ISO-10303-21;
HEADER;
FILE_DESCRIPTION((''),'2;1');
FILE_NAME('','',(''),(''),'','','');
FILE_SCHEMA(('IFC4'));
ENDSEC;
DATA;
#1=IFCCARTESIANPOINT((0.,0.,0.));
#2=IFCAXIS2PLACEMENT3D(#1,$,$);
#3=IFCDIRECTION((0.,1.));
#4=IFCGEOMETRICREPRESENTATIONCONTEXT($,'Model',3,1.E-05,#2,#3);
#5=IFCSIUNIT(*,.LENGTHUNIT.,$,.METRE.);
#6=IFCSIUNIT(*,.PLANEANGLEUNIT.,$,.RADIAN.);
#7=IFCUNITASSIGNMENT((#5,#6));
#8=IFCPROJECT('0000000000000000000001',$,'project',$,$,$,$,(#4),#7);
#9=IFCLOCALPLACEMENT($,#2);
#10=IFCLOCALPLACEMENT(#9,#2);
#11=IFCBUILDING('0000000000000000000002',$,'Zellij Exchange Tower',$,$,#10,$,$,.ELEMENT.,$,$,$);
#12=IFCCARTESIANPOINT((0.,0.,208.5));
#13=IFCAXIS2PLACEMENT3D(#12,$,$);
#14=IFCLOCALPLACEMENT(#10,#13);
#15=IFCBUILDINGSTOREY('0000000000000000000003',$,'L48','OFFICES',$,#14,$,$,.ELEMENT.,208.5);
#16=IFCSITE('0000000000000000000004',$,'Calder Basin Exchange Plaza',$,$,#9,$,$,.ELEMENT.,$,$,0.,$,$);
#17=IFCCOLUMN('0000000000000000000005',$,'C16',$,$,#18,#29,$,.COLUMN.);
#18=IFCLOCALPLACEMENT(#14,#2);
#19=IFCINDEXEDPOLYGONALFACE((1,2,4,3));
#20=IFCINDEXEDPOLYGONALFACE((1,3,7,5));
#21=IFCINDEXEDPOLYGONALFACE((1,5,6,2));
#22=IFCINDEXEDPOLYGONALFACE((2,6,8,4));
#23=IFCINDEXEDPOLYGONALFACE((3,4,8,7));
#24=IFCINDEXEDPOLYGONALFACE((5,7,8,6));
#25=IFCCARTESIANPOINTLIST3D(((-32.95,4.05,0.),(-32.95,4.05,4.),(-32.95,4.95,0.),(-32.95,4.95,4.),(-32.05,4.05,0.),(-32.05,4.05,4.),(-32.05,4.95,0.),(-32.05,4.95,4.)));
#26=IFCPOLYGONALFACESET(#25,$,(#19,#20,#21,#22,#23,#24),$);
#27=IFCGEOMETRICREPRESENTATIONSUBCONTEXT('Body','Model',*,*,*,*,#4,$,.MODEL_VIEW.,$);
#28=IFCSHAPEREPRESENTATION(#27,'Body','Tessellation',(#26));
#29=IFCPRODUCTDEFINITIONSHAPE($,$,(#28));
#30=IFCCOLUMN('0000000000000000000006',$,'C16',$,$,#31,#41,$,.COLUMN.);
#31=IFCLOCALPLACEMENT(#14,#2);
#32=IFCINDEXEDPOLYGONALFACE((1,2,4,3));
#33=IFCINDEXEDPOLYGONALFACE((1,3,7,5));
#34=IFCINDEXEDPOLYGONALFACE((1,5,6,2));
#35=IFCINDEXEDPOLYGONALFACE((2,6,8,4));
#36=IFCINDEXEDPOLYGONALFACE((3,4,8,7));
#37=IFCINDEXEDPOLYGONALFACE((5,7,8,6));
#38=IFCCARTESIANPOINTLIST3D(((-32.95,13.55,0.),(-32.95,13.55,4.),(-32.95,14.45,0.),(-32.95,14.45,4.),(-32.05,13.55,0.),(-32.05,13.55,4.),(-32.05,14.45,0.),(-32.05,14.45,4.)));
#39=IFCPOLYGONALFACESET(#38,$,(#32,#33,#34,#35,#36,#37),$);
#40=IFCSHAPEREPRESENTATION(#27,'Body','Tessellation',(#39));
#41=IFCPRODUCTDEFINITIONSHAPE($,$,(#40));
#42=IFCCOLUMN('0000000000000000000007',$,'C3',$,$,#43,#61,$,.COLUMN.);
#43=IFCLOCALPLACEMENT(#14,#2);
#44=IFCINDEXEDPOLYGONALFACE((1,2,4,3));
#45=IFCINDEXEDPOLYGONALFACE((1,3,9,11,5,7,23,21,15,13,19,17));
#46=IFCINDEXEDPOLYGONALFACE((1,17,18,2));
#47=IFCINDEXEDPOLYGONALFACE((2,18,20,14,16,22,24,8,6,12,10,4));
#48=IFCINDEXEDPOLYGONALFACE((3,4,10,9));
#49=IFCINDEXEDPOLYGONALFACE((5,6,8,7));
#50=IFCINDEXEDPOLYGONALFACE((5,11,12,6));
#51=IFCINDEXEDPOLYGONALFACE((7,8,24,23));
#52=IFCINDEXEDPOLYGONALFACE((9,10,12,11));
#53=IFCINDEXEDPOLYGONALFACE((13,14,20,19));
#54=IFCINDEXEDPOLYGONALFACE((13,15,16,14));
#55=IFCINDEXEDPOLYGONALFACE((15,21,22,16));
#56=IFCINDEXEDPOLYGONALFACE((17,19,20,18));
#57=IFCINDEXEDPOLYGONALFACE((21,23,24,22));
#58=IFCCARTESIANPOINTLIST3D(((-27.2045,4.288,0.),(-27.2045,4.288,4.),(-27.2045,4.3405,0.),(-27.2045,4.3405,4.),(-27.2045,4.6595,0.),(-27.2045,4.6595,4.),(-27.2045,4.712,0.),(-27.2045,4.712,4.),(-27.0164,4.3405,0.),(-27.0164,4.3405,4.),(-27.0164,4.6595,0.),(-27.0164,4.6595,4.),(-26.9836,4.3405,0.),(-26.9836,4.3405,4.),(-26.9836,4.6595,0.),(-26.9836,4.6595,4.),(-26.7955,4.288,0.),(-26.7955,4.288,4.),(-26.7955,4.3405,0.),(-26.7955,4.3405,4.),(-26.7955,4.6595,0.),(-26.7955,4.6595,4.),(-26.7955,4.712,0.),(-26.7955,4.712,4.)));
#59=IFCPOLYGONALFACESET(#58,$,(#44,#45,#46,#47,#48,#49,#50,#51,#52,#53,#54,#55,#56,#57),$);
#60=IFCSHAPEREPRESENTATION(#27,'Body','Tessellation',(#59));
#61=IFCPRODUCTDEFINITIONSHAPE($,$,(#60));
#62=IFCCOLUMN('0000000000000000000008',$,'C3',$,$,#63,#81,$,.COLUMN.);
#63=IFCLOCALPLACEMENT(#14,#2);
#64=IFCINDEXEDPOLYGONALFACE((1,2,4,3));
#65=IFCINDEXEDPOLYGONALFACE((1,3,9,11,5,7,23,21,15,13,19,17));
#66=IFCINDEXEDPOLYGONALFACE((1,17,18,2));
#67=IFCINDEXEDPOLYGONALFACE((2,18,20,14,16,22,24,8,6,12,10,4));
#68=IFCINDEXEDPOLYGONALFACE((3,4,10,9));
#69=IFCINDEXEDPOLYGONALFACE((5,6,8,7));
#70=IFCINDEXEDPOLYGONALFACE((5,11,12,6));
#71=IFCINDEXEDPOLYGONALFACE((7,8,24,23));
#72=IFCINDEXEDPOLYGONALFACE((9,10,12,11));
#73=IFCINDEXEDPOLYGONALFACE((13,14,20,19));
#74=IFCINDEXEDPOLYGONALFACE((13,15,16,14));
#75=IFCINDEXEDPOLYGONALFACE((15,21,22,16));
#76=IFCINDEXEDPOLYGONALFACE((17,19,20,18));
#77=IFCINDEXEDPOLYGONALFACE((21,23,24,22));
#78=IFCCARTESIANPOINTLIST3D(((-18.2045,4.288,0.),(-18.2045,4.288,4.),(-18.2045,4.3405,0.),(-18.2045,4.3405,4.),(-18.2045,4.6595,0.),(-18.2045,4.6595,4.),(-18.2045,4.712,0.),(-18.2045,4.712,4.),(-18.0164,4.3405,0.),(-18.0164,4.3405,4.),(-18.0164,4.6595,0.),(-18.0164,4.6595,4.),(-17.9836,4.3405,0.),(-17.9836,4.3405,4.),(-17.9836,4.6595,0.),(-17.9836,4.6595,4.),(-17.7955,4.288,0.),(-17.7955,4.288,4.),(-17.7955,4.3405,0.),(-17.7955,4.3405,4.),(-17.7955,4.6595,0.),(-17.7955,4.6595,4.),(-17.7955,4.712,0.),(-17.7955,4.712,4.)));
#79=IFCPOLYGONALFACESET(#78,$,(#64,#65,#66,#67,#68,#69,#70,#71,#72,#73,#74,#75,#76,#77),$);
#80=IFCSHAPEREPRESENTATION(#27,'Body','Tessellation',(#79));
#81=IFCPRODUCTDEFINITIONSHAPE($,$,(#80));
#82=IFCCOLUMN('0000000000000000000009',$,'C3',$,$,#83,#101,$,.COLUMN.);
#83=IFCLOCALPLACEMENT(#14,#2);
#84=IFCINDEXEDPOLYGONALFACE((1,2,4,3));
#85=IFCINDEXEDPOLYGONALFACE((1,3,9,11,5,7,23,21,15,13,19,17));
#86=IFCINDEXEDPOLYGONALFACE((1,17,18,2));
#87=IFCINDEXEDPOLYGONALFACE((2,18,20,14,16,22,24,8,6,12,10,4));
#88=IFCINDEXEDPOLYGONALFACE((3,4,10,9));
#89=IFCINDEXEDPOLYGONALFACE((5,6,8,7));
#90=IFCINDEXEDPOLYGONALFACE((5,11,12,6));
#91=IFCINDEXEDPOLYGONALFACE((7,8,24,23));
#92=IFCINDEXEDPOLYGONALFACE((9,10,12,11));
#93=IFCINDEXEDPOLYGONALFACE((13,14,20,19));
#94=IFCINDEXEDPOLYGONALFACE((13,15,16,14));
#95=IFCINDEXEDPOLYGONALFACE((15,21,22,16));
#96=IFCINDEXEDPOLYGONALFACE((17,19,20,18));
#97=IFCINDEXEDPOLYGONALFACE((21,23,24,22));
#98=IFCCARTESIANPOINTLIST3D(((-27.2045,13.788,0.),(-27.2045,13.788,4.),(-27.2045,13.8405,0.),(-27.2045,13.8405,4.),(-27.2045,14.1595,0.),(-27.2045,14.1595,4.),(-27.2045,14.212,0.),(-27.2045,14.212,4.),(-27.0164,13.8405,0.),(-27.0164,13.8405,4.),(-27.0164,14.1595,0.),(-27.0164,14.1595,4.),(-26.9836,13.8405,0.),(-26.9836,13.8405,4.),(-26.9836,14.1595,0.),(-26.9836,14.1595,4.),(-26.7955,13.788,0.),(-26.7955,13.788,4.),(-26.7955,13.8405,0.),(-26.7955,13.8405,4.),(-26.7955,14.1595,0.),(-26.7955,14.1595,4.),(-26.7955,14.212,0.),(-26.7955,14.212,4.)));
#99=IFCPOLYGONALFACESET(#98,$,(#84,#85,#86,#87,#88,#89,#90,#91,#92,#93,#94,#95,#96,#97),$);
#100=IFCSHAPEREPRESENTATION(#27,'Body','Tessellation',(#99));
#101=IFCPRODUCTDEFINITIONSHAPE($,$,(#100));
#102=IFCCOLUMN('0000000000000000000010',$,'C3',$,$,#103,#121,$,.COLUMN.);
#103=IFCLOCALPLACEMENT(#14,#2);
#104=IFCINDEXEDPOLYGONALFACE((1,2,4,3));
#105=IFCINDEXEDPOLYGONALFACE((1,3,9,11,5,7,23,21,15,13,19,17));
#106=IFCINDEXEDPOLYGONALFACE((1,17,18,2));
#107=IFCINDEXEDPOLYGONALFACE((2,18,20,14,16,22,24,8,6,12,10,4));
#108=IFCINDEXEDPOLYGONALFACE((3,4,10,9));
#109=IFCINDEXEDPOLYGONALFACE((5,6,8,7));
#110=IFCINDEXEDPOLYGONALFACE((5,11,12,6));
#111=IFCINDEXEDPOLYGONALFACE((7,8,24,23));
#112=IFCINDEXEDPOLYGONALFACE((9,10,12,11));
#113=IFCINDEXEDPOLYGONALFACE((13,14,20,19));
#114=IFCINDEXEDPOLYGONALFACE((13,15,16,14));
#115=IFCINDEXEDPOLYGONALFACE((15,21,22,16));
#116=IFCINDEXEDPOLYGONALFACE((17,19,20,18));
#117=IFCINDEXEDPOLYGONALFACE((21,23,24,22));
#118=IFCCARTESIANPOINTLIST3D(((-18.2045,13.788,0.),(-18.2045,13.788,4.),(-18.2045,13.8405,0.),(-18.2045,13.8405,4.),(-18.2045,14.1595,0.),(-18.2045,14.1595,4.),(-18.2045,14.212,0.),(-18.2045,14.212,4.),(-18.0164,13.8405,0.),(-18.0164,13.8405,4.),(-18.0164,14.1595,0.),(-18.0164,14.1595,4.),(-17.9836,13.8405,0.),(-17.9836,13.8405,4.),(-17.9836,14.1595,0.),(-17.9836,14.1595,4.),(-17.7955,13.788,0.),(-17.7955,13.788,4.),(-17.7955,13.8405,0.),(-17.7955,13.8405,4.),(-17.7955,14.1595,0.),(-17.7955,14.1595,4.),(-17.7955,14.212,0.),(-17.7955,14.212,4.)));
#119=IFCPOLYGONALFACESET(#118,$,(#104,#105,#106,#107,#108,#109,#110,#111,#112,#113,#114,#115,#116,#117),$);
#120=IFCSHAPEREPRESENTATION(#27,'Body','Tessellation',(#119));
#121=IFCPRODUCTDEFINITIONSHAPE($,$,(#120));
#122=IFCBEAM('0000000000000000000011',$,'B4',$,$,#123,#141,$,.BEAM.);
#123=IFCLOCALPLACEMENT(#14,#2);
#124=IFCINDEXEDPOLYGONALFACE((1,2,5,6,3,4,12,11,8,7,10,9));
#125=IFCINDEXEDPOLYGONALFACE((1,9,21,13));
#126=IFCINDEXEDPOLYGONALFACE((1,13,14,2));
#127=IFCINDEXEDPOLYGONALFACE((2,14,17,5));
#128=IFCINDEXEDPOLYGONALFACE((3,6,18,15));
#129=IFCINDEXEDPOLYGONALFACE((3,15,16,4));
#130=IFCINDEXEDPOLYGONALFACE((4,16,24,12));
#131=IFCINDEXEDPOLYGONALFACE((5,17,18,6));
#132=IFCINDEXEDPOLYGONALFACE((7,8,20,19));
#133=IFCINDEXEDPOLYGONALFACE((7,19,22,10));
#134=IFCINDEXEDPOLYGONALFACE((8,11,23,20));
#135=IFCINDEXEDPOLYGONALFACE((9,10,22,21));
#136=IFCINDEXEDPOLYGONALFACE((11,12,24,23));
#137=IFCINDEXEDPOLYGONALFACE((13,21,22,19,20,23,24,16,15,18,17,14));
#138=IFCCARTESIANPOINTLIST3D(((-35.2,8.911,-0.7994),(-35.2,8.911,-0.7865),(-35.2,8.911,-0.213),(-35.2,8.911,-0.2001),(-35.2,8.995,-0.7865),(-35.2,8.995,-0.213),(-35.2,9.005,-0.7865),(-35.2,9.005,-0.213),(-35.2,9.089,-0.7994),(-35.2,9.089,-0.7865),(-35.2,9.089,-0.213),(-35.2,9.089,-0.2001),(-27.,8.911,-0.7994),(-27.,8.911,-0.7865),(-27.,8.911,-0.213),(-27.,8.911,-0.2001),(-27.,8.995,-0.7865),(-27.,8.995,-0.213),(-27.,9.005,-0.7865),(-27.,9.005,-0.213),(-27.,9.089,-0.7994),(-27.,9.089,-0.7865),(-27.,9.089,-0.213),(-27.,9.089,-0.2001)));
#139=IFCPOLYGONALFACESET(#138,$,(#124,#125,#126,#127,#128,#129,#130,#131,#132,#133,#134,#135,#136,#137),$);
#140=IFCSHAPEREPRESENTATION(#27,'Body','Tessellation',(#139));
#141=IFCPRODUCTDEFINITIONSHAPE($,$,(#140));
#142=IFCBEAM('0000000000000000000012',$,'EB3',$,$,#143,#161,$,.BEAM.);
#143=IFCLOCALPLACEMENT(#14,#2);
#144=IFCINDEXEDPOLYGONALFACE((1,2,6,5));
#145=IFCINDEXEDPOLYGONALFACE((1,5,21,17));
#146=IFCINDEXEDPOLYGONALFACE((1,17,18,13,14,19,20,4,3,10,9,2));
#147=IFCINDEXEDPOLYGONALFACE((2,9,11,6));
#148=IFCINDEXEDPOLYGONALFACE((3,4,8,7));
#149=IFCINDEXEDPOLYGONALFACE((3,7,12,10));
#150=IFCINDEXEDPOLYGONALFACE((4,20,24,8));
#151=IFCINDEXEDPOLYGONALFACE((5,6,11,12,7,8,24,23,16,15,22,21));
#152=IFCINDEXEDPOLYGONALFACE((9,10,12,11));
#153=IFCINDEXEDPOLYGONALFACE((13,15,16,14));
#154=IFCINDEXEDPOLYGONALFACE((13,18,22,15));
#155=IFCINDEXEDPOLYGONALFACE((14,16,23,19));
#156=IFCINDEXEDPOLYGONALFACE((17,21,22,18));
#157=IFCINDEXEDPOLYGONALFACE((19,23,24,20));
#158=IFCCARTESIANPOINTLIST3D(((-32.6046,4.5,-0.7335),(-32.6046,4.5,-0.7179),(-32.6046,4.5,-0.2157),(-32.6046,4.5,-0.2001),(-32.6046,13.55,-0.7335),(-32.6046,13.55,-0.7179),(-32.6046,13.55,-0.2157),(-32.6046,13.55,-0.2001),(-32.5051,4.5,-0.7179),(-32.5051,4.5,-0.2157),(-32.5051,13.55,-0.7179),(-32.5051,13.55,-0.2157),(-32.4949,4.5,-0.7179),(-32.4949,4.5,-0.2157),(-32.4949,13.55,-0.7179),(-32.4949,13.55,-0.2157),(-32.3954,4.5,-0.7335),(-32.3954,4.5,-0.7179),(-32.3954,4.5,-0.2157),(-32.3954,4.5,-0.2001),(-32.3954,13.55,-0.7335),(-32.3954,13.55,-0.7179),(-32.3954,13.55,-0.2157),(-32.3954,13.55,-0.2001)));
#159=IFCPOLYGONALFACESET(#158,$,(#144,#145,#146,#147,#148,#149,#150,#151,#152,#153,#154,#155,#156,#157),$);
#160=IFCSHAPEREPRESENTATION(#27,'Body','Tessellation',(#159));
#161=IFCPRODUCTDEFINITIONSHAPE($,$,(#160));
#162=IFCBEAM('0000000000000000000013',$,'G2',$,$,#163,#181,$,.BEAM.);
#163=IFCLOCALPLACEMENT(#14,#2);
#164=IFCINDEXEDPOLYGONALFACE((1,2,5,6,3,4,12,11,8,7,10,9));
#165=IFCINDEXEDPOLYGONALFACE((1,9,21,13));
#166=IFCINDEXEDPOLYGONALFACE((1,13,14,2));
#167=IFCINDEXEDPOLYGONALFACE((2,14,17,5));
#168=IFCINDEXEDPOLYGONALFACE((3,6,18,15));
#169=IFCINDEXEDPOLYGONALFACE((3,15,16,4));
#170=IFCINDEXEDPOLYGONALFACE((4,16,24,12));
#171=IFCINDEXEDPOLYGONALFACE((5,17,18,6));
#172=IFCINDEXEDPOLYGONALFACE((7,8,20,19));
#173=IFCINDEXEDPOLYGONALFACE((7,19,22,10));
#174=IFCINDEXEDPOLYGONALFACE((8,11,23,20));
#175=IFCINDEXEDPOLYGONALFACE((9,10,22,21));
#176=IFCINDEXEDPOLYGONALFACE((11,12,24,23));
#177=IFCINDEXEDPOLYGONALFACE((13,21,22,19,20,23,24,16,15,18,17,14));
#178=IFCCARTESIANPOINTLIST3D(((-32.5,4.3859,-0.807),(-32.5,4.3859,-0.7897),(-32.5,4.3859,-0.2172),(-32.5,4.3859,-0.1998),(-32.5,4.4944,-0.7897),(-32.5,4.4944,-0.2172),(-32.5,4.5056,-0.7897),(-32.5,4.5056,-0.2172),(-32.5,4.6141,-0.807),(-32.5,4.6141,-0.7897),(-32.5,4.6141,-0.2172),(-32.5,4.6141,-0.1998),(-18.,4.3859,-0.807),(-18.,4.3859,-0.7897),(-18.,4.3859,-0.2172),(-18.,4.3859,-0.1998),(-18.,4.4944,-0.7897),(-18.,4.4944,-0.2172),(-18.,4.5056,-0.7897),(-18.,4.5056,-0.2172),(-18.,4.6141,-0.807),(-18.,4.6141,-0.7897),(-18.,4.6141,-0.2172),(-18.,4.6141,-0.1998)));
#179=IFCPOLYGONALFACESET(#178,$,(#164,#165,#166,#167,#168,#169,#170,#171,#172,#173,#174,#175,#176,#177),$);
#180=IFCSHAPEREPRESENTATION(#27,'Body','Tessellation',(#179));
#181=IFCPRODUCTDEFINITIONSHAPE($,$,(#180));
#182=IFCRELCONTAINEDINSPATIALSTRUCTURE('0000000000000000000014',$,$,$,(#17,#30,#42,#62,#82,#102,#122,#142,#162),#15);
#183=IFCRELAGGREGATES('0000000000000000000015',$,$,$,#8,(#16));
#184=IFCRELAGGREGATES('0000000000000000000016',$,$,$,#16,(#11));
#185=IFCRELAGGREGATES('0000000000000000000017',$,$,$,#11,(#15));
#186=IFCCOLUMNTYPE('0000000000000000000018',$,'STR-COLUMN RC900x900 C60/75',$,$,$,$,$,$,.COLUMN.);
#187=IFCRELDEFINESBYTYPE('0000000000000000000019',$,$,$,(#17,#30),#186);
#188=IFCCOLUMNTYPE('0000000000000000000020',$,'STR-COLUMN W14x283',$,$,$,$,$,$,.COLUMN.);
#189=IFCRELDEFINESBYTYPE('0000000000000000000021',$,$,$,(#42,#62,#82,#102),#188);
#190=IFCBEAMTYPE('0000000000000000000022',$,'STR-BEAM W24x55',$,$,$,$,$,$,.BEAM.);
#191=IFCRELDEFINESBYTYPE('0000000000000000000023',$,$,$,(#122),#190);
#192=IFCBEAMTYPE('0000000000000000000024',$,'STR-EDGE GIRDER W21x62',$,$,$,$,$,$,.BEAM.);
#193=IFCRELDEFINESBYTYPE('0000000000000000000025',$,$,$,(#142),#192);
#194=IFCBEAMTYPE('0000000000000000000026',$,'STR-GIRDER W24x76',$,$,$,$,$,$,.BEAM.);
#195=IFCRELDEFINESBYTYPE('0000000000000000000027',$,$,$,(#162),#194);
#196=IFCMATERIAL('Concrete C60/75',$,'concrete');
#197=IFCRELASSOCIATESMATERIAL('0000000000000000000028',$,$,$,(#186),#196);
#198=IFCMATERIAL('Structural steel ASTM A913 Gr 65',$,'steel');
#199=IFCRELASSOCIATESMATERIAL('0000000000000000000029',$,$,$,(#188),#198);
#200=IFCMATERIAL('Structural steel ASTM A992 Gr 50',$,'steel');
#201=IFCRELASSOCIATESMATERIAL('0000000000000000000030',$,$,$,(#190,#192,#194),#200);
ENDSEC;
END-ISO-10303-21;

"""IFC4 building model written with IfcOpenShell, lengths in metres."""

from ifc_helpers import new_model, si_unit, direction, frame, origin, origin_2d, place, context, subcontext, project, spatial, rectangle, i_section, extrude, material, material_profile, profile_set, type_object, element, save


model = new_model("IFC4")

# Units and contexts
model_context = context("Model", 3, precision=1e-05, world=origin(), true_north=direction((0.0, 1.0)))
body_context = subcontext(model_context, "Body", "Model", "MODEL_VIEW")
ifc_project = project(units=[si_unit("LENGTHUNIT", "METRE"), si_unit("PLANEANGLEUNIT", "RADIAN")], contexts=[model_context])

# Site, building, storey
site_placement = place(None, origin())
site = spatial("IfcSite", under=ifc_project, at=site_placement, Name="Calder Basin Exchange Plaza", CompositionType="ELEMENT", RefElevation=0.0)
building_placement = place(site_placement, origin())
building = spatial("IfcBuilding", under=site, at=building_placement, Name="Zellij Exchange Tower", CompositionType="ELEMENT")
storey_placement = place(building_placement, frame((0.0, 0.0, 208.5)))
storey = spatial("IfcBuildingStorey", under=building, at=storey_placement, Name="L48", Description="OFFICES", CompositionType="ELEMENT", Elevation=208.5)

# Columns
ifc_material_1 = material(Name="Concrete C60/75", Category="concrete")
ifc_material_profile_1 = material_profile(ifc_material_1, rectangle(XDim=0.8999, YDim=0.8999, at=origin_2d()), Name="STR-COLUMN RC900x900 C60/75")
ifc_profile_set_1 = profile_set([ifc_material_profile_1], Name="Concrete C60/75")
column_type_1 = type_object("IfcColumnType", Name="STR-COLUMN RC900x900 C60/75", PredefinedType="COLUMN", material=ifc_profile_set_1)
for number, where, z_axis, x_axis, name in (
    (1, (-32.5, 4.5, 0.0), (0.0, 0.0, 1.0), (1.0, 0.0, 0.0), "C16"),
    (2, (-32.5, 14.0, 0.0), (0.0, 0.0, 1.0), (1.0, 0.0, 0.0), "C16"),
):
    element("IfcColumn", number, at=place(storey_placement, frame(where, z_axis=z_axis, x_axis=x_axis)), inside=storey, type_object=column_type_1, Name=name, PredefinedType="COLUMN", context=body_context, shape_type="SweptSolid", body=[
        extrude(rectangle(XDim=0.8999, YDim=0.8999, at=origin_2d()), origin(), (0.0, 0.0, 1.0), 4.0),
    ])
ifc_material_2 = material(Name="Structural steel ASTM A913 Gr 65", Category="steel")
ifc_material_profile_2 = material_profile(ifc_material_2, i_section(OverallWidth=0.4089, OverallDepth=0.4241, WebThickness=0.0327, FlangeThickness=0.0525, at=origin_2d()), Name="W14x283")
ifc_profile_set_2 = profile_set([ifc_material_profile_2], Name="Structural steel ASTM A913 Gr 65")
column_type_2 = type_object("IfcColumnType", Name="STR-COLUMN W14x283", PredefinedType="COLUMN", material=ifc_profile_set_2)
for number, where, z_axis, x_axis, name in (
    (3, (-27.0, 4.5, 0.0), (0.0, 0.0, 1.0), (1.0, 0.0, 0.0), "C3"),
    (4, (-18.0, 4.5, 0.0), (0.0, 0.0, 1.0), (1.0, 0.0, 0.0), "C3"),
    (5, (-27.0, 14.0, 0.0), (0.0, 0.0, 1.0), (1.0, 0.0, 0.0), "C3"),
    (6, (-18.0, 14.0, 0.0), (0.0, 0.0, 1.0), (1.0, 0.0, 0.0), "C3"),
):
    element("IfcColumn", number, at=place(storey_placement, frame(where, z_axis=z_axis, x_axis=x_axis)), inside=storey, type_object=column_type_2, Name=name, PredefinedType="COLUMN", context=body_context, shape_type="SweptSolid", body=[
        extrude(i_section(OverallWidth=0.4089, OverallDepth=0.4241, WebThickness=0.0327, FlangeThickness=0.0525, at=origin_2d()), origin(), (0.0, 0.0, 1.0), 4.0),
    ])

# Beams
ifc_material_3 = material(Name="Structural steel ASTM A992 Gr 50", Category="steel")
ifc_material_profile_3 = material_profile(ifc_material_3, i_section(OverallWidth=0.178, OverallDepth=0.5994, WebThickness=0.01, FlangeThickness=0.0129, at=origin_2d()), Name="W24x55")
ifc_profile_set_3 = profile_set([ifc_material_profile_3], Name="Structural steel ASTM A992 Gr 50")
beam_type_1 = type_object("IfcBeamType", Name="STR-BEAM W24x55", PredefinedType="BEAM", material=ifc_profile_set_3)
beam_1_placement = place(storey_placement, frame((-35.2, 9.0, -0.4998), z_axis=(1.0, 0.0, 0.0), x_axis=(0.0, 1.0, 0.0)))
element("IfcBeam", 7, at=beam_1_placement, inside=storey, type_object=beam_type_1, Name="B4", PredefinedType="BEAM", context=body_context, shape_type="SweptSolid", body=[
    extrude(i_section(OverallWidth=0.178, OverallDepth=0.5994, WebThickness=0.01, FlangeThickness=0.0129, at=origin_2d()), origin(), (0.0, 0.0, 1.0), 8.2),
])
ifc_material_profile_4 = material_profile(ifc_material_3, i_section(OverallWidth=0.2092, OverallDepth=0.5334, WebThickness=0.0103, FlangeThickness=0.0156, at=origin_2d()), Name="W21x62")
ifc_profile_set_4 = profile_set([ifc_material_profile_4], Name="Structural steel ASTM A992 Gr 50")
beam_type_2 = type_object("IfcBeamType", Name="STR-EDGE GIRDER W21x62", PredefinedType="BEAM", material=ifc_profile_set_4)
beam_2_placement = place(storey_placement, frame((-32.5, 4.5, -0.4668), z_axis=(0.0, 1.0, 0.0), x_axis=(-1.0, 0.0, 0.0)))
element("IfcBeam", 8, at=beam_2_placement, inside=storey, type_object=beam_type_2, Name="EB3", PredefinedType="BEAM", context=body_context, shape_type="SweptSolid", body=[
    extrude(i_section(OverallWidth=0.2092, OverallDepth=0.5334, WebThickness=0.0103, FlangeThickness=0.0156, at=origin_2d()), origin(), (0.0, 0.0, 1.0), 9.05),
])
ifc_material_profile_5 = material_profile(ifc_material_3, i_section(OverallWidth=0.2283, OverallDepth=0.6072, WebThickness=0.0112, FlangeThickness=0.0173, at=origin_2d()), Name="W24x76")
ifc_profile_set_5 = profile_set([ifc_material_profile_5], Name="Structural steel ASTM A992 Gr 50")
beam_type_3 = type_object("IfcBeamType", Name="STR-GIRDER W24x76", PredefinedType="BEAM", material=ifc_profile_set_5)
beam_3_placement = place(storey_placement, frame((-32.5, 4.5, -0.5034), z_axis=(1.0, 0.0, 0.0), x_axis=(0.0, 1.0, 0.0)))
element("IfcBeam", 9, at=beam_3_placement, inside=storey, type_object=beam_type_3, Name="G2", PredefinedType="BEAM", context=body_context, shape_type="SweptSolid", body=[
    extrude(i_section(OverallWidth=0.2283, OverallDepth=0.6072, WebThickness=0.0112, FlangeThickness=0.0173, at=origin_2d()), origin(), (0.0, 0.0, 1.0), 14.5),
])

save(model, "model.ifc")
